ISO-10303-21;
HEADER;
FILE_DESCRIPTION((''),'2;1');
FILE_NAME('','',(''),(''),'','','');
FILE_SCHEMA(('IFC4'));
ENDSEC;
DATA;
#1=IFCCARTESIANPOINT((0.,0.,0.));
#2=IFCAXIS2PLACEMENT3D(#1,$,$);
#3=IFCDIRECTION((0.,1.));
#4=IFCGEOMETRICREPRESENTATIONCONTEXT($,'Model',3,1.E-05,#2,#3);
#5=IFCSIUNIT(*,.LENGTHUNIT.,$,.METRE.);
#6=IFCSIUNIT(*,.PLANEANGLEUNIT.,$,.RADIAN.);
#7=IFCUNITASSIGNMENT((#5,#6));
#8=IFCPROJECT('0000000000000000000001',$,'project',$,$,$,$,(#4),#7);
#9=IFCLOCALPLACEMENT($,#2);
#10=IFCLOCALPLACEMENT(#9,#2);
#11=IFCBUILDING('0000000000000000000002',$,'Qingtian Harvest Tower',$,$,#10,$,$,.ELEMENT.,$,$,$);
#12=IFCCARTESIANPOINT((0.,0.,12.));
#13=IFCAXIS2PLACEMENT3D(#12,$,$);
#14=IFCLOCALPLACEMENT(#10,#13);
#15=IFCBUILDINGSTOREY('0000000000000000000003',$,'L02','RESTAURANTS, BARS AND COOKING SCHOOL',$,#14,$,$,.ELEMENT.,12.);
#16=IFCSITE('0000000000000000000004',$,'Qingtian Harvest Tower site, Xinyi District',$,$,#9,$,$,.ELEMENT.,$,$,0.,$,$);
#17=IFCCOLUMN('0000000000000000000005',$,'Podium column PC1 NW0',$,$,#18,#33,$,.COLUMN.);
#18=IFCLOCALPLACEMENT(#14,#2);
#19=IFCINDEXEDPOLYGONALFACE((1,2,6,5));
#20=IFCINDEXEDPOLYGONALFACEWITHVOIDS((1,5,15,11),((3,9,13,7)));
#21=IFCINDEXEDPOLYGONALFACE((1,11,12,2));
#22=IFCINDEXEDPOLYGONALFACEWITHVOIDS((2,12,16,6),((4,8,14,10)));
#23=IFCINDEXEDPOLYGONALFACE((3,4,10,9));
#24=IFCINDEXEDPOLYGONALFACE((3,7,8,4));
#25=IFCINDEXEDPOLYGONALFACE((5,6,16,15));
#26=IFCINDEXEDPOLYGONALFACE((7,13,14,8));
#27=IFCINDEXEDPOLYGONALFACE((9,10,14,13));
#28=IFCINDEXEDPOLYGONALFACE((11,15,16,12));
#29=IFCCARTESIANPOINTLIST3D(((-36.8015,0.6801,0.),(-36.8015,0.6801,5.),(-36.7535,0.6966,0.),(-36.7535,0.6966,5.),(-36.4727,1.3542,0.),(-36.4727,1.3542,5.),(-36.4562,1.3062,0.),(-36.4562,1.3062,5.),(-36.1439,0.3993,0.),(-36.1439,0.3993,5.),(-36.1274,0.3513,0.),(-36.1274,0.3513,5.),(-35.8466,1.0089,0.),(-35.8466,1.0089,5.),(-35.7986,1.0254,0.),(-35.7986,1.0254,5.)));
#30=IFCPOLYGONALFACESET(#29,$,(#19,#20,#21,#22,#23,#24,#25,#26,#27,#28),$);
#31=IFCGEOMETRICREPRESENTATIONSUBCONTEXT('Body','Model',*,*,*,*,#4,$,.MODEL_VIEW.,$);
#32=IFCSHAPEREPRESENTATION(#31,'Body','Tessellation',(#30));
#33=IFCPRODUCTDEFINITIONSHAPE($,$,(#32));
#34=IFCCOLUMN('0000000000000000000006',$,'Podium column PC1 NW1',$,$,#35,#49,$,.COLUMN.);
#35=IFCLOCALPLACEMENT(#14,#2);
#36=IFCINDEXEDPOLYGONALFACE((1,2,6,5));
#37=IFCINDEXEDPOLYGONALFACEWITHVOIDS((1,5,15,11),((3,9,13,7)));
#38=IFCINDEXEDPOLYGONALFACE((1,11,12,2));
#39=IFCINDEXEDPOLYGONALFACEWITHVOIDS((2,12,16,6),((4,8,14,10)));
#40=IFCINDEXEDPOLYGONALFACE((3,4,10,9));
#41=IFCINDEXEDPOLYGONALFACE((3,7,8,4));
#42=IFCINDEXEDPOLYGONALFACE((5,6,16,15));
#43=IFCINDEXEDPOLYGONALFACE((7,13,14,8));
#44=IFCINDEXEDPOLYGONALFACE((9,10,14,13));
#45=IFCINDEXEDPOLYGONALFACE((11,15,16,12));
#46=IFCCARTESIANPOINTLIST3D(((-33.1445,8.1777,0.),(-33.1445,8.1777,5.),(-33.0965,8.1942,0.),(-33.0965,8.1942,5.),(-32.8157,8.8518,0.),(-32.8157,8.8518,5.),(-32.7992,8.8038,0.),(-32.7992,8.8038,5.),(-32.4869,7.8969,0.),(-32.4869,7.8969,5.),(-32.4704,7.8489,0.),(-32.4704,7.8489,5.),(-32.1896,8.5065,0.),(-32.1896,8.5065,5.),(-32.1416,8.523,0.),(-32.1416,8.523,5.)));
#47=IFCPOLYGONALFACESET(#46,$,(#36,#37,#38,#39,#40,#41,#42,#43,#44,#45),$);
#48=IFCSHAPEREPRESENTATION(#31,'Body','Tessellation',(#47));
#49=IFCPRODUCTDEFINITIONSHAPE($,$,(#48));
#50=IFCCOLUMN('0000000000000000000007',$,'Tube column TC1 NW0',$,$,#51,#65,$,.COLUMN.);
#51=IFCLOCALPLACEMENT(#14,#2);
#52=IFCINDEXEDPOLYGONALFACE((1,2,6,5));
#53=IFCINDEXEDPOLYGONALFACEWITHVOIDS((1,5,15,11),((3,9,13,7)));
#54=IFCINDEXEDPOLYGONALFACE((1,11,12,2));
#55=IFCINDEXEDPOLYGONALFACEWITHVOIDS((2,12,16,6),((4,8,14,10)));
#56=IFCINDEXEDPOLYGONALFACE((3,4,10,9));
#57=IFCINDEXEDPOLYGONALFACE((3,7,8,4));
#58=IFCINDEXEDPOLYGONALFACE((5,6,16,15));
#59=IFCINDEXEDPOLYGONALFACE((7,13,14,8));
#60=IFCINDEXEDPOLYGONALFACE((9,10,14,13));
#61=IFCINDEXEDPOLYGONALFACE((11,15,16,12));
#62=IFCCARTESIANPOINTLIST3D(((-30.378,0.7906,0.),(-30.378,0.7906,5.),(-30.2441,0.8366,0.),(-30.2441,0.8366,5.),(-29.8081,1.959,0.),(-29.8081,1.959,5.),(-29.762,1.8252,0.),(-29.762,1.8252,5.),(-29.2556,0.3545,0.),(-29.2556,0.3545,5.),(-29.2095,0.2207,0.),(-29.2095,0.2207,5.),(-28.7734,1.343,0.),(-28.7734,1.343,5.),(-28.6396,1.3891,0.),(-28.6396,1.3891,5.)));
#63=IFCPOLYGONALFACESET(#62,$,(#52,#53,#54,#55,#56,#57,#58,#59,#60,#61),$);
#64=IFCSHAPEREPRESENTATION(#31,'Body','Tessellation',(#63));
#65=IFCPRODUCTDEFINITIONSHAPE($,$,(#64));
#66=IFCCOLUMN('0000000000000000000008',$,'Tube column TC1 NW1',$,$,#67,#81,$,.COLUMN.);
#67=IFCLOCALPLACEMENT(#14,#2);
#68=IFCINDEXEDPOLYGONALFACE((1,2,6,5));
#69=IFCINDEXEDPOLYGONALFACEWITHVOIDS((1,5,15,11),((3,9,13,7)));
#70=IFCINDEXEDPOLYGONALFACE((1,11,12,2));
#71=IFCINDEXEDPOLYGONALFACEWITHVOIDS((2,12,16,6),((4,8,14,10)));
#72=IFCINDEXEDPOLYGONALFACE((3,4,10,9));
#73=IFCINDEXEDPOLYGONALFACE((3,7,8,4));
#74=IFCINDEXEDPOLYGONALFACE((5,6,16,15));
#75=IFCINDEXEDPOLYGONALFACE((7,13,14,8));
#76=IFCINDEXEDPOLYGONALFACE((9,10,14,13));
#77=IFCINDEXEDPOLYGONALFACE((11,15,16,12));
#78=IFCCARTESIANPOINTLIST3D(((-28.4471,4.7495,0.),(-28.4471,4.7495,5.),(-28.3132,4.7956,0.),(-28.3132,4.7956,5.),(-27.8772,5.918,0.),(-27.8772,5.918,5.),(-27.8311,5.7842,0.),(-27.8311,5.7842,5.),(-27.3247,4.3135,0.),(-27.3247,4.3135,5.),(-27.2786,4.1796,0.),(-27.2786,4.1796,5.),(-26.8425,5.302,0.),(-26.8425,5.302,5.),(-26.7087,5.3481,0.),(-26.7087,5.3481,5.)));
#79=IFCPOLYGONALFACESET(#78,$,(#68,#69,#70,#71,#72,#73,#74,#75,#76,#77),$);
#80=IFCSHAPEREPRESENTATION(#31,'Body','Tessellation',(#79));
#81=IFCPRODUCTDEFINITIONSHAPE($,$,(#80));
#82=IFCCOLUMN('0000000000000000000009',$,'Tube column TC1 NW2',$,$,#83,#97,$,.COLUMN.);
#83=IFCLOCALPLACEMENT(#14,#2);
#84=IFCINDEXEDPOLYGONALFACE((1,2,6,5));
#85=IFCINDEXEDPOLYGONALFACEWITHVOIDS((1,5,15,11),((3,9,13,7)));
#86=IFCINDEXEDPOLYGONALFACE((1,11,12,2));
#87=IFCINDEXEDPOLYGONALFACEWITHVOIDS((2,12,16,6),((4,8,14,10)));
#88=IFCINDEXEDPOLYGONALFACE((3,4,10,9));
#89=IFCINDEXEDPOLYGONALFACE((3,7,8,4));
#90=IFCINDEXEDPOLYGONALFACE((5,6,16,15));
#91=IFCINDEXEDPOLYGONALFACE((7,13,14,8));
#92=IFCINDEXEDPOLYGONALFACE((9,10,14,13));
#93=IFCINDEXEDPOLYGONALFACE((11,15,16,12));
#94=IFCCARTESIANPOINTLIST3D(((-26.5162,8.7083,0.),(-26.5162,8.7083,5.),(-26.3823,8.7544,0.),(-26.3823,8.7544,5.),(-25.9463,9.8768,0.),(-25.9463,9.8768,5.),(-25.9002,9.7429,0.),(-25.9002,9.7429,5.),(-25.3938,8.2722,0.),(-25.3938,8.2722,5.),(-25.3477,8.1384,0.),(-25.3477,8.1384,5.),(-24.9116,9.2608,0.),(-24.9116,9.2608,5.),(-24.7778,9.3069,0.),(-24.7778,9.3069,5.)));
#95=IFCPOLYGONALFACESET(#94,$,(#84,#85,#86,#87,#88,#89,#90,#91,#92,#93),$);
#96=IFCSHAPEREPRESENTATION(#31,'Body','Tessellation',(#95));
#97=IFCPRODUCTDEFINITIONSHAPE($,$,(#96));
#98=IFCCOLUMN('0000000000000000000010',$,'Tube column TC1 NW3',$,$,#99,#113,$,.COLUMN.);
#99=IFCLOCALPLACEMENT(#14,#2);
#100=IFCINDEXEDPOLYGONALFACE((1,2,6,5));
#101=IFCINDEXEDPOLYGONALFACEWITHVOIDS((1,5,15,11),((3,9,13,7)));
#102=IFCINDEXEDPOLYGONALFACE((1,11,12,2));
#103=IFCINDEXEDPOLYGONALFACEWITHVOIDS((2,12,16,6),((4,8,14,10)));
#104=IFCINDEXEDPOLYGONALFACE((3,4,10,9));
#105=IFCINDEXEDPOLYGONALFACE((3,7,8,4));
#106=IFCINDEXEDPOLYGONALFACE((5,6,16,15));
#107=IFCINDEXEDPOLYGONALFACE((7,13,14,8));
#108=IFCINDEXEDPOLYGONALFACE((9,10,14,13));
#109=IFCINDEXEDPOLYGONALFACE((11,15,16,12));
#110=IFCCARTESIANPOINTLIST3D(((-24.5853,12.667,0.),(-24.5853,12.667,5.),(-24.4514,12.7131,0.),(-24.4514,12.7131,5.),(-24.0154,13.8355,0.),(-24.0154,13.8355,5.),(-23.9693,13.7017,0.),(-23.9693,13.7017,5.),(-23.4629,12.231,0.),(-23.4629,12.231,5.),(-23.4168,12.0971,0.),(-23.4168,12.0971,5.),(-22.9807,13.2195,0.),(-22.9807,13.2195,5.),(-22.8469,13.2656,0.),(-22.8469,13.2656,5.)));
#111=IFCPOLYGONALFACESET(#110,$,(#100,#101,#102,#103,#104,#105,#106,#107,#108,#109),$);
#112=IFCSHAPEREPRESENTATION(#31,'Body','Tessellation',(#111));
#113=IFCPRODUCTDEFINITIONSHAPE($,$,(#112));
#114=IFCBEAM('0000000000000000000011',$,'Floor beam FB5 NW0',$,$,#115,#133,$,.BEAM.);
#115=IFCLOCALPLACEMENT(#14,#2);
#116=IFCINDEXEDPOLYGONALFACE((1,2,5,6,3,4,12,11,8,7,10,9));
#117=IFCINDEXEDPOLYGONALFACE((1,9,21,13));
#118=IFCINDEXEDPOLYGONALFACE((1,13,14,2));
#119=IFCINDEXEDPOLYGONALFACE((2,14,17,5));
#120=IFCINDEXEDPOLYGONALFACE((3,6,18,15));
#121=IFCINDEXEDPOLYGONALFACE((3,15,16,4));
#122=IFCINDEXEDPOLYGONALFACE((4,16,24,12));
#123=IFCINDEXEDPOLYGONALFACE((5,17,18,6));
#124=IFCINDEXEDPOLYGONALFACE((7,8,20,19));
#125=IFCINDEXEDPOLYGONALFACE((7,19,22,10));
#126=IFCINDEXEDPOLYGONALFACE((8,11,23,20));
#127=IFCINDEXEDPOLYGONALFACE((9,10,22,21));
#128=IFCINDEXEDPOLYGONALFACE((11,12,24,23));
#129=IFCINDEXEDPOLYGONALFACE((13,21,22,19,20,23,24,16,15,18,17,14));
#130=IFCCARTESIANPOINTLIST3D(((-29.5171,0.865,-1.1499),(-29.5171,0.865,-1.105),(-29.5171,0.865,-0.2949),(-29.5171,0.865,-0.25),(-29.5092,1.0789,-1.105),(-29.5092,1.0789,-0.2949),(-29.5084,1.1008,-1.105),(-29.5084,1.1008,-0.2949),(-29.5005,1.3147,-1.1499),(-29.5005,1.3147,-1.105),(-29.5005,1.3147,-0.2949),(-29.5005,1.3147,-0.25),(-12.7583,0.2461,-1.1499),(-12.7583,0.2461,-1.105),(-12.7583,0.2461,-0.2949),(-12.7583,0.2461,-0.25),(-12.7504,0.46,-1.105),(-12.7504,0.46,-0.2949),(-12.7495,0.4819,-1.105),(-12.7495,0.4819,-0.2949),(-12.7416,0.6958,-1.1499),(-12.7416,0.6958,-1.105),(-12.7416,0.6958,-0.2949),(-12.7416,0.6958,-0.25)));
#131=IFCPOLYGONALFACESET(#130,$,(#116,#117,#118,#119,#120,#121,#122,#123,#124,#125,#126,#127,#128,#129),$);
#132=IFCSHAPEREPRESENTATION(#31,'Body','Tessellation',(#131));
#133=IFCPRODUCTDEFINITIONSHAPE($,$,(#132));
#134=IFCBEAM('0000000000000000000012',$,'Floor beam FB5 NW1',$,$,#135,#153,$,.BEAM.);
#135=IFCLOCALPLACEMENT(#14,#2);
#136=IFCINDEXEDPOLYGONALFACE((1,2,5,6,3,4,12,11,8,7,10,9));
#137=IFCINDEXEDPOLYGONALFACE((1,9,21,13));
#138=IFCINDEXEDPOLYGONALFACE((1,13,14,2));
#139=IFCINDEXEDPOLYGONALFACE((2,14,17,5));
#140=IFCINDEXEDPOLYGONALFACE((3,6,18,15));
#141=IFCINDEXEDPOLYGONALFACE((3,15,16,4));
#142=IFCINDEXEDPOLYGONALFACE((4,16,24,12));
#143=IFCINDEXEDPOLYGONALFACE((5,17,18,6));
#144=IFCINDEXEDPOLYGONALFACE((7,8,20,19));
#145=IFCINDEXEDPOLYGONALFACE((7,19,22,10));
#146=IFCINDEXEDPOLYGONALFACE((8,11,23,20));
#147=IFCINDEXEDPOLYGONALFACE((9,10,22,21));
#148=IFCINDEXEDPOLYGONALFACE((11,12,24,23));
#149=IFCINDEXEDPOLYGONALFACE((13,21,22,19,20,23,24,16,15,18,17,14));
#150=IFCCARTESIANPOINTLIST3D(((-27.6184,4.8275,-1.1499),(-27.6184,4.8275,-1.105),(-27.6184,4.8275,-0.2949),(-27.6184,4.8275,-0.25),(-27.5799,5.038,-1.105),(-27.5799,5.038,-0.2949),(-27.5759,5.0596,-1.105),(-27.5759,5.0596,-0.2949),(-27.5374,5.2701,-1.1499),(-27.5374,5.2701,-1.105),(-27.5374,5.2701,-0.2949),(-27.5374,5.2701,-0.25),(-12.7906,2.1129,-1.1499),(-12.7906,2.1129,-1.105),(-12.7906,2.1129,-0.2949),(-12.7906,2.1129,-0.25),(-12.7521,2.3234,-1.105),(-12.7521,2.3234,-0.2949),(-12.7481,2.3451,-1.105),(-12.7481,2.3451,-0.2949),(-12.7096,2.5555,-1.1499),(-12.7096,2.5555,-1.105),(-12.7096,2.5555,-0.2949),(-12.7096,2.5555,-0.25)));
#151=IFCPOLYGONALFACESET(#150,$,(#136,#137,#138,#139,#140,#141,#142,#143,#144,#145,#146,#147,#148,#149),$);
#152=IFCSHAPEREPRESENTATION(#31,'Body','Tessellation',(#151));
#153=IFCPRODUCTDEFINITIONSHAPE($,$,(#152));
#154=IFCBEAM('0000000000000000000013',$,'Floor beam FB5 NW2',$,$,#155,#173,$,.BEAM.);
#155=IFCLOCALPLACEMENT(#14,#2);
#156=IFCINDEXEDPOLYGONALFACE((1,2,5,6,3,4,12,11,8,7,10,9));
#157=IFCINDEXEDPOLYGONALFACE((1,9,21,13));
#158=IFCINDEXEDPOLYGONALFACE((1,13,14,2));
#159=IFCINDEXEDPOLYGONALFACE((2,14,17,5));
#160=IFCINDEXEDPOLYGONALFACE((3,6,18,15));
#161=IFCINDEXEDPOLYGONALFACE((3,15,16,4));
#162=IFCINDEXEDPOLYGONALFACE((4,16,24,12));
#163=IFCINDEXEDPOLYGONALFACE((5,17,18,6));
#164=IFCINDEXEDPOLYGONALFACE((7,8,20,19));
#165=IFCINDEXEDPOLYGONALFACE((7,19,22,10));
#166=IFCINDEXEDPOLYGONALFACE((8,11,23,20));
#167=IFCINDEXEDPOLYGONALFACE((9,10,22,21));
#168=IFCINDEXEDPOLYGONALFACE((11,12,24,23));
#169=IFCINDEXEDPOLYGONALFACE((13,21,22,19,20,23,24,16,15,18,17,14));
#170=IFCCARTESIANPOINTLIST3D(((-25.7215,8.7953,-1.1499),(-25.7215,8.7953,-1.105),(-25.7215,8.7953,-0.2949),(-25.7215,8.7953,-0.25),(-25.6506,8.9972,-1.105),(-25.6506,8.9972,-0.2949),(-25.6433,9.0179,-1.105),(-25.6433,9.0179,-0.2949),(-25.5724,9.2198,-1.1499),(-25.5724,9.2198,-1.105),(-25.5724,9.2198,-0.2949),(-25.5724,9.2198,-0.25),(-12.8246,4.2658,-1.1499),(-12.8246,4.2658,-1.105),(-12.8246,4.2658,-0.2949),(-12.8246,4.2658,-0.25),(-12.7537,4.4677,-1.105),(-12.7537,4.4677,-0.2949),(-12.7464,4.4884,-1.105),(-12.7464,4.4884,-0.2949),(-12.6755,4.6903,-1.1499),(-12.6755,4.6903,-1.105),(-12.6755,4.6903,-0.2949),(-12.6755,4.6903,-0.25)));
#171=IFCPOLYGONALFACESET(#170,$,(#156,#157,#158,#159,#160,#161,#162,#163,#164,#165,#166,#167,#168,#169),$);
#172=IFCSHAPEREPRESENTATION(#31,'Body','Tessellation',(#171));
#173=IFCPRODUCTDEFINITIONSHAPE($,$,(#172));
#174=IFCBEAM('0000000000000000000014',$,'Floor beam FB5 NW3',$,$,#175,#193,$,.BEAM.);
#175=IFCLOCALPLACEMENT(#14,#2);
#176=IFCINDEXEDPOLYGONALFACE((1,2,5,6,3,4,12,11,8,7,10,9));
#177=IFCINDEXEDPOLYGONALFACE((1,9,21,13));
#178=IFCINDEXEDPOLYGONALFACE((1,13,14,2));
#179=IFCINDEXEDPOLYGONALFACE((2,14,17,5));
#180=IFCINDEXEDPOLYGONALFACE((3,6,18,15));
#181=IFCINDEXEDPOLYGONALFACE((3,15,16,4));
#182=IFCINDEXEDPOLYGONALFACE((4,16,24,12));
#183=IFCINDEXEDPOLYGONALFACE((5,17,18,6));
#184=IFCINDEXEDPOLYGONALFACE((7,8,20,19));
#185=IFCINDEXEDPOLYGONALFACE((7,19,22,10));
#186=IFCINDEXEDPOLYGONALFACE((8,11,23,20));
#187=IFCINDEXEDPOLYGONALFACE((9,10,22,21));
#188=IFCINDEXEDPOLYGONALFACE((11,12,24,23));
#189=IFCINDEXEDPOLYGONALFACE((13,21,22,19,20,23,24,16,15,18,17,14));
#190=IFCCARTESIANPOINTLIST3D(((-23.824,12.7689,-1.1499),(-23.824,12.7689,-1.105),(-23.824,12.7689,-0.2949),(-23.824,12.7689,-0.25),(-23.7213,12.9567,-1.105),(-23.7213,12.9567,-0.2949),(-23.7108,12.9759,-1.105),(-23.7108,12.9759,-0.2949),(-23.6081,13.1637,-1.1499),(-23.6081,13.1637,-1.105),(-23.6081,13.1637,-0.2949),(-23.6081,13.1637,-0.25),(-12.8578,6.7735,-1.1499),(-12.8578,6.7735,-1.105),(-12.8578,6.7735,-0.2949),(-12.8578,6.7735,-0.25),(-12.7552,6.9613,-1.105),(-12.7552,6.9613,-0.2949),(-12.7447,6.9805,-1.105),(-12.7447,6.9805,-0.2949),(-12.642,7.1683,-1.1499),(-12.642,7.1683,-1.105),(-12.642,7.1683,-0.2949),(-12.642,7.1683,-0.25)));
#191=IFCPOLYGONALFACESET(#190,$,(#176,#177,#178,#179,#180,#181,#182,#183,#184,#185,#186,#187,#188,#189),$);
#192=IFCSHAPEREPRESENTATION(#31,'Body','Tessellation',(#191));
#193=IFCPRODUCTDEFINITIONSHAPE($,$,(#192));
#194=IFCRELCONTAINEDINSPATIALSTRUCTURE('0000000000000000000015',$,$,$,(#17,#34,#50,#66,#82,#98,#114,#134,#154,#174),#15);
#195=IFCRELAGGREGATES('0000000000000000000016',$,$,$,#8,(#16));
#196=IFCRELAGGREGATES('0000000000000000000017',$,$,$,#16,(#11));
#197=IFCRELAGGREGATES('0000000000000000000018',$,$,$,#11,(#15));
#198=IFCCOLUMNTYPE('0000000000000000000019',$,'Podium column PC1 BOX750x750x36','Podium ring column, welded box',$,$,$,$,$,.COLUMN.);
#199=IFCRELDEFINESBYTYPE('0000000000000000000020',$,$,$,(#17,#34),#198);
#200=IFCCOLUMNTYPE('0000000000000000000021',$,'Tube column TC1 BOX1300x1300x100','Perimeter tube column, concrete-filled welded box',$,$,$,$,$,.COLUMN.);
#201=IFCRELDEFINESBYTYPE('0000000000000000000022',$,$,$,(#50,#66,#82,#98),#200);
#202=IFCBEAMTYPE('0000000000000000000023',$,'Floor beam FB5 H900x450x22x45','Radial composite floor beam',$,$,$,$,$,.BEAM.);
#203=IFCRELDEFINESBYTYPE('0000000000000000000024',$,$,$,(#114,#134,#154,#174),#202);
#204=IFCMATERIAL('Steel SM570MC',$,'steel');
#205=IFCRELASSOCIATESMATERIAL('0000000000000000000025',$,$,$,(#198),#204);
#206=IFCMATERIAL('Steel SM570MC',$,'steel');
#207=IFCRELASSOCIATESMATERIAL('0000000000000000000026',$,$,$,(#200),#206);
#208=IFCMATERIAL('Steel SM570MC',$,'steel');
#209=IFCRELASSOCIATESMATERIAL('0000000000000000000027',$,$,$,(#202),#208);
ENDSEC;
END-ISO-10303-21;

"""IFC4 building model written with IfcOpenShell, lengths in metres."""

from ifc_helpers import new_model, si_unit, direction, frame, origin, origin_2d, place, context, subcontext, project, spatial, hollow_rectangle, i_section, extrude, material, material_profile, profile_set, type_object, element, save


model = new_model("IFC4")

# Units and contexts
model_context = context("Model", 3, precision=1e-05, world=origin(), true_north=direction((0.0, 1.0)))
body_context = subcontext(model_context, "Body", "Model", "MODEL_VIEW")
ifc_project = project(units=[si_unit("LENGTHUNIT", "METRE"), si_unit("PLANEANGLEUNIT", "RADIAN")], contexts=[model_context])

# Site, building, storey
site_placement = place(None, origin())
site = spatial("IfcSite", under=ifc_project, at=site_placement, Name="Qingtian Harvest Tower site, Xinyi District", CompositionType="ELEMENT", RefElevation=0.0)
building_placement = place(site_placement, origin())
building = spatial("IfcBuilding", under=site, at=building_placement, Name="Qingtian Harvest Tower", CompositionType="ELEMENT")
storey_placement = place(building_placement, frame((0.0, 0.0, 12.0)))
storey = spatial("IfcBuildingStorey", under=building, at=storey_placement, Name="L02", Description="RESTAURANTS, BARS AND COOKING SCHOOL", CompositionType="ELEMENT", Elevation=12.0)

# Columns
ifc_material_1 = material(Name="Steel SM570MC", Category="steel")
ifc_material_profile_1 = material_profile(ifc_material_1, hollow_rectangle(XDim=0.75, YDim=0.75, WallThickness=0.0359, at=origin_2d()), Name="BOX750x750x36")
ifc_profile_set_1 = profile_set([ifc_material_profile_1], Name="Steel SM570MC")
column_type_1 = type_object("IfcColumnType", Name="Podium column PC1 BOX750x750x36", Description="Podium ring column, welded box", PredefinedType="COLUMN", material=ifc_profile_set_1)
for number, where, z_axis, x_axis, name in (
    (1, (-36.3, 0.8528, 0.0), (0.0, 0.0, 1.0), (-0.438371, -0.898794, 0.0), "Podium column PC1 NW0"),
    (2, (-32.6431, 8.3503, 0.0), (0.0, 0.0, 1.0), (-0.438371, -0.898794, 0.0), "Podium column PC1 NW1"),
):
    element("IfcColumn", number, at=place(storey_placement, frame(where, z_axis=z_axis, x_axis=x_axis)), inside=storey, type_object=column_type_1, Name=name, PredefinedType="COLUMN", context=body_context, shape_type="SweptSolid", body=[
        extrude(hollow_rectangle(XDim=0.75, YDim=0.75, WallThickness=0.0359, at=origin_2d()), origin(), (0.0, 0.0, 1.0), 5.0),
    ])
ifc_material_2 = material(Name="Steel SM570MC", Category="steel")
ifc_material_profile_2 = material_profile(ifc_material_2, hollow_rectangle(XDim=1.3, YDim=1.3, WallThickness=0.1001, at=origin_2d()), Name="BOX1300x1300x100")
ifc_profile_set_2 = profile_set([ifc_material_profile_2], Name="Steel SM570MC")
column_type_2 = type_object("IfcColumnType", Name="Tube column TC1 BOX1300x1300x100", Description="Perimeter tube column, concrete-filled welded box", PredefinedType="COLUMN", material=ifc_profile_set_2)
for number, where, z_axis, x_axis, name in (
    (3, (-29.5088, 1.0898, 0.0), (0.0, 0.0, 1.0), (-0.438371, -0.898794, 0.0), "Tube column TC1 NW0"),
    (4, (-27.5779, 5.0488, 0.0), (0.0, 0.0, 1.0), (-0.438371, -0.898794, 0.0), "Tube column TC1 NW1"),
    (5, (-25.647, 9.0076, 0.0), (0.0, 0.0, 1.0), (-0.438371, -0.898794, 0.0), "Tube column TC1 NW2"),
    (6, (-23.7161, 12.9663, 0.0), (0.0, 0.0, 1.0), (-0.438371, -0.898794, 0.0), "Tube column TC1 NW3"),
):
    element("IfcColumn", number, at=place(storey_placement, frame(where, z_axis=z_axis, x_axis=x_axis)), inside=storey, type_object=column_type_2, Name=name, PredefinedType="COLUMN", context=body_context, shape_type="SweptSolid", body=[
        extrude(hollow_rectangle(XDim=1.3, YDim=1.3, WallThickness=0.1001, at=origin_2d()), origin(), (0.0, 0.0, 1.0), 5.0),
    ])

# Beams
ifc_material_3 = material(Name="Steel SM570MC", Category="steel")
ifc_material_profile_3 = material_profile(ifc_material_3, i_section(OverallWidth=0.45, OverallDepth=0.8999, WebThickness=0.022, FlangeThickness=0.0449, at=origin_2d()), Name="H900x450x22x45")
ifc_profile_set_3 = profile_set([ifc_material_profile_3], Name="Steel SM570MC")
beam_type_1 = type_object("IfcBeamType", Name="Floor beam FB5 H900x450x22x45", Description="Radial composite floor beam", PredefinedType="BEAM", material=ifc_profile_set_3)
beam_1_placement = place(storey_placement, frame((-29.5088, 1.0898, -0.7), z_axis=(0.999319, -0.036905, 0.0), x_axis=(0.036905, 0.999319, 0.0)))
element("IfcBeam", 7, at=beam_1_placement, inside=storey, type_object=beam_type_1, Name="Floor beam FB5 NW0", PredefinedType="BEAM", context=body_context, shape_type="SweptSolid", body=[
    extrude(i_section(OverallWidth=0.45, OverallDepth=0.8999, WebThickness=0.022, FlangeThickness=0.0449, at=origin_2d()), origin(), (0.0, 0.0, 1.0), 16.7703),
])
beam_2_placement = place(storey_placement, frame((-27.5779, 5.0488, -0.7), z_axis=(0.983652, -0.180081, 0.0), x_axis=(0.180081, 0.983652, 0.0)))
element("IfcBeam", 8, at=beam_2_placement, inside=storey, type_object=beam_type_1, Name="Floor beam FB5 NW1", PredefinedType="BEAM", context=body_context, shape_type="SweptSolid", body=[
    extrude(i_section(OverallWidth=0.45, OverallDepth=0.8999, WebThickness=0.022, FlangeThickness=0.0449, at=origin_2d()), origin(), (0.0, 0.0, 1.0), 15.0742),
])
beam_3_placement = place(storey_placement, frame((-25.647, 9.0076, -0.7), z_axis=(0.943502, -0.331367, 0.0), x_axis=(0.331367, 0.943502, 0.0)))
element("IfcBeam", 9, at=beam_3_placement, inside=storey, type_object=beam_type_1, Name="Floor beam FB5 NW2", PredefinedType="BEAM", context=body_context, shape_type="SweptSolid", body=[
    extrude(i_section(OverallWidth=0.45, OverallDepth=0.8999, WebThickness=0.022, FlangeThickness=0.0449, at=origin_2d()), origin(), (0.0, 0.0, 1.0), 13.6692),
])
beam_4_placement = place(storey_placement, frame((-23.7161, 12.9663, -0.7), z_axis=(0.877429, -0.479707, 0.0), x_axis=(0.479707, 0.877429, 0.0)))
element("IfcBeam", 10, at=beam_4_placement, inside=storey, type_object=beam_type_1, Name="Floor beam FB5 NW3", PredefinedType="BEAM", context=body_context, shape_type="SweptSolid", body=[
    extrude(i_section(OverallWidth=0.45, OverallDepth=0.8999, WebThickness=0.022, FlangeThickness=0.0449, at=origin_2d()), origin(), (0.0, 0.0, 1.0), 12.498),
])

save(model, "model.ifc")
